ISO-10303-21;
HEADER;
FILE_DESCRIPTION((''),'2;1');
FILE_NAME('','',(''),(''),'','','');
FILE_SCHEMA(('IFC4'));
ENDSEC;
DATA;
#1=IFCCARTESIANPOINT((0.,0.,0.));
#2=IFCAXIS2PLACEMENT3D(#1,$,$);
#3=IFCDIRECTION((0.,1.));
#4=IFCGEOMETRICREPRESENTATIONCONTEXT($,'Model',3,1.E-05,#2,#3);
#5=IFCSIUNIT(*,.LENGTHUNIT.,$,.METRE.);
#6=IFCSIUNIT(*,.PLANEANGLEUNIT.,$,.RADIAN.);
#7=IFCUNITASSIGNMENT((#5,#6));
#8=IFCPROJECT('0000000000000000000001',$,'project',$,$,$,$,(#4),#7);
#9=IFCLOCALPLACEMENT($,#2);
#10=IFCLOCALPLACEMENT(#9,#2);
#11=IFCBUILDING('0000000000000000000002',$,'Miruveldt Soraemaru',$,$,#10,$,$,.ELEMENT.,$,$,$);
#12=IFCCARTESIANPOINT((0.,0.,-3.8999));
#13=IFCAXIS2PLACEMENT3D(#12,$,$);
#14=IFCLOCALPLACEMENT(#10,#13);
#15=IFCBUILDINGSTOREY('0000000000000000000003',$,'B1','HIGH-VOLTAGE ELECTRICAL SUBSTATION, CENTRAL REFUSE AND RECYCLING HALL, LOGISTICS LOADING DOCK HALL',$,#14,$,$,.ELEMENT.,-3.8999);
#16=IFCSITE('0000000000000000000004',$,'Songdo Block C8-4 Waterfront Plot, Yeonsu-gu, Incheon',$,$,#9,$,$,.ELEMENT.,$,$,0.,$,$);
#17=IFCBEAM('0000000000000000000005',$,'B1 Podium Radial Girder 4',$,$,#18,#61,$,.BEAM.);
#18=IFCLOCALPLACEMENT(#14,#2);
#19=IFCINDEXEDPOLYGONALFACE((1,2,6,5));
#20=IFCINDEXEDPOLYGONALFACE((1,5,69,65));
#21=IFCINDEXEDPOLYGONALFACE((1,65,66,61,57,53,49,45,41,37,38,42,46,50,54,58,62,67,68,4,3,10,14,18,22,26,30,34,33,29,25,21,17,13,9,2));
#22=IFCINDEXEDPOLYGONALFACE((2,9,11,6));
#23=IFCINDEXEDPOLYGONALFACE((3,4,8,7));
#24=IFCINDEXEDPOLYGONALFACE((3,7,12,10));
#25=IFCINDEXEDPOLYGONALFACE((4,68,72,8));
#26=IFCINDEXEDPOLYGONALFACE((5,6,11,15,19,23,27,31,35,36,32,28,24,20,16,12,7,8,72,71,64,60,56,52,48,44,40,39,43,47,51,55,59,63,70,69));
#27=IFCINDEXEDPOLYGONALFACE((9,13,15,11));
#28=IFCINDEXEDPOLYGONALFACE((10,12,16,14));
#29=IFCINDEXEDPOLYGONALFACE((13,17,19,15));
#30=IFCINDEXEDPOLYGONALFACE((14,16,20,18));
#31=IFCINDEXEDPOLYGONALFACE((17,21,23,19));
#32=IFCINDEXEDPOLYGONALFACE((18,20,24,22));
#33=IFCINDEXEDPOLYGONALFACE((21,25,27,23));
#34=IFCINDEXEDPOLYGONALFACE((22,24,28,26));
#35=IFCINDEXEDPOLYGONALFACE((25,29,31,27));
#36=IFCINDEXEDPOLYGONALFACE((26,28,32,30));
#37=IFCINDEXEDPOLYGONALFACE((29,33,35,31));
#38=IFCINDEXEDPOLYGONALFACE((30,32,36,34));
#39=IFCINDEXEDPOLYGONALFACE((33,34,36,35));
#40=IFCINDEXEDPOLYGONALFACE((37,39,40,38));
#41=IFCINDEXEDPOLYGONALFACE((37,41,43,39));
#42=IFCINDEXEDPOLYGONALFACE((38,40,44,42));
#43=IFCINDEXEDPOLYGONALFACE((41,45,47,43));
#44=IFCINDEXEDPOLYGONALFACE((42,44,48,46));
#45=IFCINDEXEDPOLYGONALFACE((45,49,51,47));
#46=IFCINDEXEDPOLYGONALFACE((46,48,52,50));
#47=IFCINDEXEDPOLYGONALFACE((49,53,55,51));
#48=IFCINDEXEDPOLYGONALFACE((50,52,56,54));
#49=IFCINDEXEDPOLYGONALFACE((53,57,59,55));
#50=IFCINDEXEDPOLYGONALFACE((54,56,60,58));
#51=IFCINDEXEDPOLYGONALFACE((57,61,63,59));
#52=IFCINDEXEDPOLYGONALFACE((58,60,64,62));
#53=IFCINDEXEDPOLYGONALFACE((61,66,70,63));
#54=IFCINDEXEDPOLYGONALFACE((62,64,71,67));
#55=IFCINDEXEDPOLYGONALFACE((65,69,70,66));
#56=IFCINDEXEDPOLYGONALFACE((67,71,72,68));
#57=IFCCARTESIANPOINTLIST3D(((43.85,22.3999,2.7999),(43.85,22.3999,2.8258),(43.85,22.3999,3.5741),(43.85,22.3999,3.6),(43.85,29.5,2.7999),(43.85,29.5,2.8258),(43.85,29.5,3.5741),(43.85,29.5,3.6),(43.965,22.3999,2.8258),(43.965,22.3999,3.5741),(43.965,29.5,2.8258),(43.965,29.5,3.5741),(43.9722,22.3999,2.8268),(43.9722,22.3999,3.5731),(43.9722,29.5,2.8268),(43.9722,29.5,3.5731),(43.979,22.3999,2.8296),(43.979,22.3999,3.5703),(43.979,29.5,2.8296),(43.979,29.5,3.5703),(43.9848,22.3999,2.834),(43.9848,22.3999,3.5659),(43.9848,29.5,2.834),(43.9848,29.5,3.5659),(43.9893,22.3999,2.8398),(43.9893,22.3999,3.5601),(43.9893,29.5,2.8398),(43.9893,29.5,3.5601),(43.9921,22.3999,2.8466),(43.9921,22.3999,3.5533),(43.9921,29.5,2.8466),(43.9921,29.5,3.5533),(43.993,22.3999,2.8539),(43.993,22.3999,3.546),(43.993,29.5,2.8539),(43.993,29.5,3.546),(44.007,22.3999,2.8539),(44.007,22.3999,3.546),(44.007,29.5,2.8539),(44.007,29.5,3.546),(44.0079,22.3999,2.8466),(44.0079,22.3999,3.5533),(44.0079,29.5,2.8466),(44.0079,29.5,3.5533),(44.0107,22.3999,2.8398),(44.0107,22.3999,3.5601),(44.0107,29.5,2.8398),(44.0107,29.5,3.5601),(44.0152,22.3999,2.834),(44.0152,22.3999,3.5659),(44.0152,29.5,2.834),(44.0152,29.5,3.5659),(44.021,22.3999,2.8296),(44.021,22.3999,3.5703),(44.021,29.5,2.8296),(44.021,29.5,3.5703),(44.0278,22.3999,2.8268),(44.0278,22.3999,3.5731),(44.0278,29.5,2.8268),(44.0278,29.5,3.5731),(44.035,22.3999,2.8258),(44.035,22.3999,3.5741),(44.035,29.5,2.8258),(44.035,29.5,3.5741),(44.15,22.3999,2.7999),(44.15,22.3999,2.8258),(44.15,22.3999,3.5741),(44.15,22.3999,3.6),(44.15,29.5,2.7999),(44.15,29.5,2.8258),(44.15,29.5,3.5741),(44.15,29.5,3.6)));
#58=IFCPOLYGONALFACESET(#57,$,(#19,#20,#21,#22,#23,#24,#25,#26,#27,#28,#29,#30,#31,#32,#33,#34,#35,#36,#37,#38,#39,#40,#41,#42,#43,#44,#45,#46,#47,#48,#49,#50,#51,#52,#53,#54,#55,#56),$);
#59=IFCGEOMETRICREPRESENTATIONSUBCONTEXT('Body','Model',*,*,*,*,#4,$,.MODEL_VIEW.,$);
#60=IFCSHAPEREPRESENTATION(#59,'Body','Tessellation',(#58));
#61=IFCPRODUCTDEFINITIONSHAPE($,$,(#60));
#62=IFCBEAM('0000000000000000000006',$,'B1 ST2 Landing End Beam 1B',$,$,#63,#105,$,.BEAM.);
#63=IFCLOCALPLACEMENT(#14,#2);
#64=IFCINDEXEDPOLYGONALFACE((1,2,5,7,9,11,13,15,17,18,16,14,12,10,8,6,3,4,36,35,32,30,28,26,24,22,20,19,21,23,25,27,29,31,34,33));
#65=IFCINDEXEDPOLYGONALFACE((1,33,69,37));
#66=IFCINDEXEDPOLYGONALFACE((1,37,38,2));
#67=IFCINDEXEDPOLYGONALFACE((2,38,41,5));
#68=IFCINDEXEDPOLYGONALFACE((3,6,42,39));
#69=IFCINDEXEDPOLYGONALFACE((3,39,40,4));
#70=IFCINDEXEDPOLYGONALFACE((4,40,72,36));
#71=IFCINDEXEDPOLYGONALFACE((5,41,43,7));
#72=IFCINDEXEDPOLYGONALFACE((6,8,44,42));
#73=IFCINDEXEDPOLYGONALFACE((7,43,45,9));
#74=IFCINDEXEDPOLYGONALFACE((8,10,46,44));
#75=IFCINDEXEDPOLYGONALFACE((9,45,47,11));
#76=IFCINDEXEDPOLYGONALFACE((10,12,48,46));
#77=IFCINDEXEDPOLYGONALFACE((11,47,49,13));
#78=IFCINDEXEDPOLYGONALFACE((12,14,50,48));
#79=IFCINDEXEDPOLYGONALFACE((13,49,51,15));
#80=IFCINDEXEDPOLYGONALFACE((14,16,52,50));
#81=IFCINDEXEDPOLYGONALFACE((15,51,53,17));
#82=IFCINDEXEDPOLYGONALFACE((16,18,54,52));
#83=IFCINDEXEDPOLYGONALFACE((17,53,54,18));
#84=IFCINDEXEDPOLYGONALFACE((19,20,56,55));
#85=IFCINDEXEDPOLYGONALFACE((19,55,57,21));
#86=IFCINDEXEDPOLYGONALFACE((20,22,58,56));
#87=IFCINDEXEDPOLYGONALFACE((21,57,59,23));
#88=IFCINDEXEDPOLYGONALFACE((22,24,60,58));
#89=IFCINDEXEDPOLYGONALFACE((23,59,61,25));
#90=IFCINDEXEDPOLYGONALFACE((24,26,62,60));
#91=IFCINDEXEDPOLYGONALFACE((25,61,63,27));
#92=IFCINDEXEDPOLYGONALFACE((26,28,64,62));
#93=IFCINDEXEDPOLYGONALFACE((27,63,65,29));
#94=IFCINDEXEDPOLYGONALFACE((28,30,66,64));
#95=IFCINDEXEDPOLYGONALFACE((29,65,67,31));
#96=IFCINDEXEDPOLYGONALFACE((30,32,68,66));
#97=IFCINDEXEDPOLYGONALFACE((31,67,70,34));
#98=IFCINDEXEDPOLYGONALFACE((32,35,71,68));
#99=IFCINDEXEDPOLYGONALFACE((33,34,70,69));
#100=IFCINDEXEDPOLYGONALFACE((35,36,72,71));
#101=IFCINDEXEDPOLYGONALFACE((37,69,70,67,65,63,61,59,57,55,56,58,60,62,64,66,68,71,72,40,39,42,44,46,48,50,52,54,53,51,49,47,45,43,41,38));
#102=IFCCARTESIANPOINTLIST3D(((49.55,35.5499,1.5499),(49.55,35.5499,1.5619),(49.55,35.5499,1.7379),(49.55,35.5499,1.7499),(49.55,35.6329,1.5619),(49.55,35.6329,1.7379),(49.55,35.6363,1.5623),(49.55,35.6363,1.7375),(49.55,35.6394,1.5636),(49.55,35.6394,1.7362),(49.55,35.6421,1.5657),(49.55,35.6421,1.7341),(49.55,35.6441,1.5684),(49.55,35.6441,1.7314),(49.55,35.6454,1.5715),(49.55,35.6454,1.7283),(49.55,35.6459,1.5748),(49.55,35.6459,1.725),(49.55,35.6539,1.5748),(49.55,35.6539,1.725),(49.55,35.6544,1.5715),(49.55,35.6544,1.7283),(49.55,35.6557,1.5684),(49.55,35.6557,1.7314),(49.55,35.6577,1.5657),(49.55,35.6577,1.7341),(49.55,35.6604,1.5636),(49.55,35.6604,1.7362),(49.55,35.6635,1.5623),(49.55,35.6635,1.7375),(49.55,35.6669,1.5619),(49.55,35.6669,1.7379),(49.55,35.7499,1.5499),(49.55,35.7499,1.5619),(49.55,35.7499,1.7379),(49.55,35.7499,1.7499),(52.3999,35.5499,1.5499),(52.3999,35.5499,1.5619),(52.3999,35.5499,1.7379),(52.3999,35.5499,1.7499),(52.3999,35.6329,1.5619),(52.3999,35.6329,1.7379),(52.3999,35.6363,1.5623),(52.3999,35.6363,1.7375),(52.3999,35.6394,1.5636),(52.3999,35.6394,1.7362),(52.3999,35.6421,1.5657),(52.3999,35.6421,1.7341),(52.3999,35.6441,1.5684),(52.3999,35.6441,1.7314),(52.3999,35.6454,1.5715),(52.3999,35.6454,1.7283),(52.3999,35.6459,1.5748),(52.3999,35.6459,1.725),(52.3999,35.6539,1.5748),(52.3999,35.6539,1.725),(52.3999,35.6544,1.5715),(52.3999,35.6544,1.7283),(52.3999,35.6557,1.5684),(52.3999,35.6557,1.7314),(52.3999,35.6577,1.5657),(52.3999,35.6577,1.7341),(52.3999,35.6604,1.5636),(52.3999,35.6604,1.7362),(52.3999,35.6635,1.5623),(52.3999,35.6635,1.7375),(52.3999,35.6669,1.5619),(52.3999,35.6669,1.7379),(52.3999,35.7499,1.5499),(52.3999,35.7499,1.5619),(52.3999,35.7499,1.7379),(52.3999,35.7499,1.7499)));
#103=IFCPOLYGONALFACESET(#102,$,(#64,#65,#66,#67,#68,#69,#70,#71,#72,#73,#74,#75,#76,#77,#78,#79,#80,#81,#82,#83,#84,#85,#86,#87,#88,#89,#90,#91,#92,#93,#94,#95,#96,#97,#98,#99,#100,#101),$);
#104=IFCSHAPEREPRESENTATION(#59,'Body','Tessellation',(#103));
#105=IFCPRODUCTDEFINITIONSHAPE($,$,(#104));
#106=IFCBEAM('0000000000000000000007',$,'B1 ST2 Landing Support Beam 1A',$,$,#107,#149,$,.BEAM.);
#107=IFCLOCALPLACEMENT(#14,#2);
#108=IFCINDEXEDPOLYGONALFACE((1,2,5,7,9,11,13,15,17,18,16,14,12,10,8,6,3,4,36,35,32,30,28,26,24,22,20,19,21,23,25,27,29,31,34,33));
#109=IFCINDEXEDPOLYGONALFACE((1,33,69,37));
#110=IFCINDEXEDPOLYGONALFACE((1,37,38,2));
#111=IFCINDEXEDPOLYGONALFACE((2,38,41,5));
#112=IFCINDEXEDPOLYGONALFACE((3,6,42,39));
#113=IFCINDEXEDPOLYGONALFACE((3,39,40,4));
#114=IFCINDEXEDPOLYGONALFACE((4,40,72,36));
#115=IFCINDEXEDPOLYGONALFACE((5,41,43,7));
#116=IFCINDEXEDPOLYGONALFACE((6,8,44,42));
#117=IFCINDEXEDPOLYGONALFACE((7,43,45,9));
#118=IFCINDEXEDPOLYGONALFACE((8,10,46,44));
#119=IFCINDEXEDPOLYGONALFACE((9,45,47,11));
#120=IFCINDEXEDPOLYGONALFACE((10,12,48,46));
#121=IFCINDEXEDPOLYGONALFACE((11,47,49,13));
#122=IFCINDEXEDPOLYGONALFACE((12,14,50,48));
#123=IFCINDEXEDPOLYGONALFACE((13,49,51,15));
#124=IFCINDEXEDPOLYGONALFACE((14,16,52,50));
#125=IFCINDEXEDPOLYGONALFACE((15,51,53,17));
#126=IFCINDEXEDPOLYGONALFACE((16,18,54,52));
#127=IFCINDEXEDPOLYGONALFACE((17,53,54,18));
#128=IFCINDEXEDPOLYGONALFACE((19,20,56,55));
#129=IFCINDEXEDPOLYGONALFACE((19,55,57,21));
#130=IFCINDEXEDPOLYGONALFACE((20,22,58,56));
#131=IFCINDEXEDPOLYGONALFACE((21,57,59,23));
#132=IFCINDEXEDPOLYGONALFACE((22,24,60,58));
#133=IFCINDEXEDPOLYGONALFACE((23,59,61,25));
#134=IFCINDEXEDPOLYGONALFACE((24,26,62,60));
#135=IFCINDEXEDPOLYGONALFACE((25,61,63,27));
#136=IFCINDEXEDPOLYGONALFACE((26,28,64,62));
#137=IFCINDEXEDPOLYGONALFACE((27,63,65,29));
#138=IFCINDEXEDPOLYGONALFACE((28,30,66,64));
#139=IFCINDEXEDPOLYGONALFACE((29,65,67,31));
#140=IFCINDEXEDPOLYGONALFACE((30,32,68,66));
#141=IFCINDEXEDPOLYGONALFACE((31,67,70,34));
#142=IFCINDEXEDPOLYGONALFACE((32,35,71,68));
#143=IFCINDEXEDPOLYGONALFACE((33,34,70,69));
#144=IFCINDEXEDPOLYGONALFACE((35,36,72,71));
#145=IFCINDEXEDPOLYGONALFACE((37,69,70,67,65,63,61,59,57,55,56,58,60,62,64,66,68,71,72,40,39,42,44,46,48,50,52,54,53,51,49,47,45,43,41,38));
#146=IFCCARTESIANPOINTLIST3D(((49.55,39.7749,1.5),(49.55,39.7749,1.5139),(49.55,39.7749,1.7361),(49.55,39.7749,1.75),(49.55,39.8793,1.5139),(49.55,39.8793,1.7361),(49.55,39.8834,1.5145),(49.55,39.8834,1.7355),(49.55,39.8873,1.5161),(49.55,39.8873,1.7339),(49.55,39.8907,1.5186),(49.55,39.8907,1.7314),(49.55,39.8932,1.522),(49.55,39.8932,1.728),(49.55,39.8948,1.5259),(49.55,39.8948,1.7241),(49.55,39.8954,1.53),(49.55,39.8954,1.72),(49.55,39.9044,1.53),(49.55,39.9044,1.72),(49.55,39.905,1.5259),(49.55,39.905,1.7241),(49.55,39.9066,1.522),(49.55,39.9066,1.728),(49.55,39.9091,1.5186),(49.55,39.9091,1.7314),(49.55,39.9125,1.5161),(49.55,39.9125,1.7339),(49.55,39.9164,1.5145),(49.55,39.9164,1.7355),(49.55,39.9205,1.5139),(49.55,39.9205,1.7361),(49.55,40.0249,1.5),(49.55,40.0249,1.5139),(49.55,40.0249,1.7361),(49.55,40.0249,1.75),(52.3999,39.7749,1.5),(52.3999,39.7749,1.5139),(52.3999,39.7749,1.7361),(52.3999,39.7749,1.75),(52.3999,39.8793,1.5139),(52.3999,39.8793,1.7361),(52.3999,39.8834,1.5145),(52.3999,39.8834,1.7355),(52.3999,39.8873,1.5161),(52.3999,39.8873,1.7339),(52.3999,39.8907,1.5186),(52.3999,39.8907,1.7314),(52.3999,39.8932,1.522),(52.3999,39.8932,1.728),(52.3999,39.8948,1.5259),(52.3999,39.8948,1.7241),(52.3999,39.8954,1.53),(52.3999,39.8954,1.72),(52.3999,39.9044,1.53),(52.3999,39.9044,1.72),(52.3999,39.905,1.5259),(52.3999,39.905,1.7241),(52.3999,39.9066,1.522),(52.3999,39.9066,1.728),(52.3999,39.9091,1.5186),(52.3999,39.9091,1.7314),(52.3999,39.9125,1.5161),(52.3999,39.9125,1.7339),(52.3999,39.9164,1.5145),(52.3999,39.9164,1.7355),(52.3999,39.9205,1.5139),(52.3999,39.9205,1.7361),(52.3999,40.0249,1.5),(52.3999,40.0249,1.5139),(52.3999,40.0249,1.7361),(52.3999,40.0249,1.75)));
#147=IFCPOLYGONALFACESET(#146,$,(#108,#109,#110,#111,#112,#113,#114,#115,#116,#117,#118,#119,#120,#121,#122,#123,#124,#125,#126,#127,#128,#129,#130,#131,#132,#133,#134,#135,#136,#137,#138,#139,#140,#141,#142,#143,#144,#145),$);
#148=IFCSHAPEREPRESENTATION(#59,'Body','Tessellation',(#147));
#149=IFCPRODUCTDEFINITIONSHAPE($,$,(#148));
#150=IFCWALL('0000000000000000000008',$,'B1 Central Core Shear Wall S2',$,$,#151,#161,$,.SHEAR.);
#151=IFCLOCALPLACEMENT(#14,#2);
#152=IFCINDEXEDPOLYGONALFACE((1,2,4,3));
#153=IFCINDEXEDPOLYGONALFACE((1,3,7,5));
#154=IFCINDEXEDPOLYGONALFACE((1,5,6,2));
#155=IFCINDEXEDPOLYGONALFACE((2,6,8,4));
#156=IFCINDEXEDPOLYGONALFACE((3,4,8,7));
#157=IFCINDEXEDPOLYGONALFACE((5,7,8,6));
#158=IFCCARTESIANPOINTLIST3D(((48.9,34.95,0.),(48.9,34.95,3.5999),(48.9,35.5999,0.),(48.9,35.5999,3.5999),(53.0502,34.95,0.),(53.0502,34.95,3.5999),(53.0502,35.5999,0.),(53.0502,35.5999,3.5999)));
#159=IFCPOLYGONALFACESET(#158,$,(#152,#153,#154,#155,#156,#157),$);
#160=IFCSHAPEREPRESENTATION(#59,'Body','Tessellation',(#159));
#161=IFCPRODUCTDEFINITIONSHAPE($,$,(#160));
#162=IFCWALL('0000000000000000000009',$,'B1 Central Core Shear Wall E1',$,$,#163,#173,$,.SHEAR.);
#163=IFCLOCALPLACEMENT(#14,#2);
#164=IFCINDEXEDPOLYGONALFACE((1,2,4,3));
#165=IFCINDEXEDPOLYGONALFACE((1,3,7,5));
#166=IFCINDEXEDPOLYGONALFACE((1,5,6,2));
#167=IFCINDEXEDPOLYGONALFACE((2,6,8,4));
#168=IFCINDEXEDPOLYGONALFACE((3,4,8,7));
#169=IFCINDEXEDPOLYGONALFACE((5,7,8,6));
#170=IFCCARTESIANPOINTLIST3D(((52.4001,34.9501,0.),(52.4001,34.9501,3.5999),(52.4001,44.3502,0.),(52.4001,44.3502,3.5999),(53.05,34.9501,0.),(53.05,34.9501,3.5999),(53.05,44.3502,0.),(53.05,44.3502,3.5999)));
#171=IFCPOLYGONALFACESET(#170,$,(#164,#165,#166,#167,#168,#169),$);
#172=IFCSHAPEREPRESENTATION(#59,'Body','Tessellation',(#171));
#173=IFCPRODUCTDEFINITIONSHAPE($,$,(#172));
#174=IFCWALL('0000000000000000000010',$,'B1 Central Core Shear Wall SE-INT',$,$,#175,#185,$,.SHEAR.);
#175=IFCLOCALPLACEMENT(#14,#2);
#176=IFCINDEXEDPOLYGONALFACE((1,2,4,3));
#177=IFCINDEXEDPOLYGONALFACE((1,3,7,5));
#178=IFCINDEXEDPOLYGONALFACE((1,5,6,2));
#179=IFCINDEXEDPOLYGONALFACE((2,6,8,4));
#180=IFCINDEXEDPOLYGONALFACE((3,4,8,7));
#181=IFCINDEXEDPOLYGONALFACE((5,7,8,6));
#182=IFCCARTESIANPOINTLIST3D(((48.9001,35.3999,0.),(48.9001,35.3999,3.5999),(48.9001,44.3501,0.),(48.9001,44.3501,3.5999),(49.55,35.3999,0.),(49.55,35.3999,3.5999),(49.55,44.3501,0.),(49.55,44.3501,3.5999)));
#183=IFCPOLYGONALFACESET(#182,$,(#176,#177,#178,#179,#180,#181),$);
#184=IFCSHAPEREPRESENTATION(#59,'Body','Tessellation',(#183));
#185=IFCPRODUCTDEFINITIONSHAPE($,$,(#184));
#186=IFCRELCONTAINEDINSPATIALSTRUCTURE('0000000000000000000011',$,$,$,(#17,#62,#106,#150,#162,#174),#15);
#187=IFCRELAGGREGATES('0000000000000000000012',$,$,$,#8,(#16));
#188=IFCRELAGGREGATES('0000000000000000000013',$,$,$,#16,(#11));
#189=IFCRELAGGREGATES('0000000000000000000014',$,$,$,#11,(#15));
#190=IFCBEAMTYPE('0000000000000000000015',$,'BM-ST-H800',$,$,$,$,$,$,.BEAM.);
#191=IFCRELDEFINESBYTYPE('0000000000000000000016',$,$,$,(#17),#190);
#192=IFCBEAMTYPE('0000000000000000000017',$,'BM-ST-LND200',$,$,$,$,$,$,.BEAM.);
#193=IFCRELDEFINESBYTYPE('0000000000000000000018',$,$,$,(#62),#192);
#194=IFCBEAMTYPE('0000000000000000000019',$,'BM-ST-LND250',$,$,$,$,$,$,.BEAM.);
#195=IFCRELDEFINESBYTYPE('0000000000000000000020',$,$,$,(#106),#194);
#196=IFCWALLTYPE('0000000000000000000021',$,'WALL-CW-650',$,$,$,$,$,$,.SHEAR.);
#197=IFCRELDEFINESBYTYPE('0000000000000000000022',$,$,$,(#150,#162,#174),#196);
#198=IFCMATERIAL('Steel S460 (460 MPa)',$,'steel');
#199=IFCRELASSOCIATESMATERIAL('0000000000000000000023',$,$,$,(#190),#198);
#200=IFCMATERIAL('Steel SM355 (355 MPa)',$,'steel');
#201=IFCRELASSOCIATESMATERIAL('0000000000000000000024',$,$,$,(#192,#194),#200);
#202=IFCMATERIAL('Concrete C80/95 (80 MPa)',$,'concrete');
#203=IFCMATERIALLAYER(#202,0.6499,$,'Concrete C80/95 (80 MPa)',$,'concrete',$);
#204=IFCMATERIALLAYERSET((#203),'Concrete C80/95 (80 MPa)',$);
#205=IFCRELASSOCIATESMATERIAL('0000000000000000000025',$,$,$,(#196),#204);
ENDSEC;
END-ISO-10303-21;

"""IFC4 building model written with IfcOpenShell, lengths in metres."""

from ifc_helpers import new_model, si_unit, direction, frame, frame_2d, origin, origin_2d, place, context, subcontext, project, spatial, rectangle, i_section, extrude, material, layer, layer_set, material_profile, profile_set, type_object, element, save


model = new_model("IFC4")

# Units and contexts
model_context = context("Model", 3, precision=1e-05, world=origin(), true_north=direction((0.0, 1.0)))
body_context = subcontext(model_context, "Body", "Model", "MODEL_VIEW")
ifc_project = project(units=[si_unit("LENGTHUNIT", "METRE"), si_unit("PLANEANGLEUNIT", "RADIAN")], contexts=[model_context])

# Site, building, storey
site_placement = place(None, origin())
site = spatial("IfcSite", under=ifc_project, at=site_placement, Name="Songdo Block C8-4 Waterfront Plot, Yeonsu-gu, Incheon", CompositionType="ELEMENT", RefElevation=0.0)
building_placement = place(site_placement, origin())
building = spatial("IfcBuilding", under=site, at=building_placement, Name="Miruveldt Soraemaru", CompositionType="ELEMENT")
storey_placement = place(building_placement, frame((0.0, 0.0, -3.8999)))
storey = spatial("IfcBuildingStorey", under=building, at=storey_placement, Name="B1", Description="HIGH-VOLTAGE ELECTRICAL SUBSTATION, CENTRAL REFUSE AND RECYCLING HALL, LOGISTICS LOADING DOCK HALL", CompositionType="ELEMENT", Elevation=-3.8999)

# Shared definitions
ifc_material_1 = material(Name="Concrete C80/95 (80 MPa)", Category="concrete")

# Beams
ifc_material_2 = material(Name="Steel SM355 (355 MPa)", Category="steel")
ifc_material_3 = material(Name="Steel S460 (460 MPa)", Category="steel")
ifc_material_profile_1 = material_profile(ifc_material_3, i_section(OverallWidth=0.3, OverallDepth=0.8, WebThickness=0.0139, FlangeThickness=0.0259, FilletRadius=0.0281, at=origin_2d()), Name="Steel S460 (460 MPa)", Category="steel")
ifc_profile_set_1 = profile_set([ifc_material_profile_1], Name="Steel S460 (460 MPa)")
beam_type_1 = type_object("IfcBeamType", Name="BM-ST-H800", PredefinedType="BEAM", material=ifc_profile_set_1)
beam_1_placement = place(storey_placement, frame((44.0, 29.5, 3.2), z_axis=(0.0, -1.0, 0.0), x_axis=(1.0, 0.0, 0.0)))
element("IfcBeam", 1, at=beam_1_placement, inside=storey, type_object=beam_type_1, Name="B1 Podium Radial Girder 4", PredefinedType="BEAM", context=body_context, shape_type="SweptSolid", body=[
    extrude(i_section(OverallWidth=0.3, OverallDepth=0.8, WebThickness=0.0139, FlangeThickness=0.0259, FilletRadius=0.0281, at=origin_2d()), origin(), (0.0, 0.0, 1.0), 7.1001),
])
ifc_material_profile_2 = material_profile(ifc_material_2, i_section(OverallWidth=0.2, OverallDepth=0.2, WebThickness=0.0081, FlangeThickness=0.012, FilletRadius=0.0129, at=origin_2d()), Name="Steel SM355 (355 MPa)", Category="steel")
ifc_profile_set_2 = profile_set([ifc_material_profile_2], Name="Steel SM355 (355 MPa)")
beam_type_2 = type_object("IfcBeamType", Name="BM-ST-LND200", PredefinedType="BEAM", material=ifc_profile_set_2)
beam_2_placement = place(storey_placement, frame((49.55, 35.6499, 1.6499), z_axis=(1.0, 0.0, 0.0), x_axis=(0.0, 1.0, 0.0)))
element("IfcBeam", 2, at=beam_2_placement, inside=storey, type_object=beam_type_2, Name="B1 ST2 Landing End Beam 1B", PredefinedType="BEAM", context=body_context, shape_type="SweptSolid", body=[
    extrude(i_section(OverallWidth=0.2, OverallDepth=0.2, WebThickness=0.0081, FlangeThickness=0.012, FilletRadius=0.0129, at=origin_2d()), origin(), (0.0, 0.0, 1.0), 2.8499),
])
ifc_material_profile_3 = material_profile(ifc_material_2, i_section(OverallWidth=0.25, OverallDepth=0.25, WebThickness=0.009, FlangeThickness=0.0139, FilletRadius=0.0161, at=origin_2d()), Name="Steel SM355 (355 MPa)", Category="steel")
ifc_profile_set_3 = profile_set([ifc_material_profile_3], Name="Steel SM355 (355 MPa)")
beam_type_3 = type_object("IfcBeamType", Name="BM-ST-LND250", PredefinedType="BEAM", material=ifc_profile_set_3)
beam_3_placement = place(storey_placement, frame((49.55, 39.8999, 1.625), z_axis=(1.0, 0.0, 0.0), x_axis=(0.0, 1.0, 0.0)))
element("IfcBeam", 3, at=beam_3_placement, inside=storey, type_object=beam_type_3, Name="B1 ST2 Landing Support Beam 1A", PredefinedType="BEAM", context=body_context, shape_type="SweptSolid", body=[
    extrude(i_section(OverallWidth=0.25, OverallDepth=0.25, WebThickness=0.009, FlangeThickness=0.0139, FilletRadius=0.0161, at=origin_2d()), origin(), (0.0, 0.0, 1.0), 2.8499),
])

# Walls
ifc_layer_1 = layer(ifc_material_1, 0.6499, Name="Concrete C80/95 (80 MPa)", Category="concrete")
ifc_layer_set_1 = layer_set([ifc_layer_1], Name="Concrete C80/95 (80 MPa)")
wall_type_1 = type_object("IfcWallType", Name="WALL-CW-650", PredefinedType="SHEAR", material=ifc_layer_set_1)
wall_1_placement = place(storey_placement, frame((48.8999, 35.2749, 0.0), z_axis=(0.0, 0.0, 1.0), x_axis=(1.0, 0.0, 0.0)))
element("IfcWall", 4, at=wall_1_placement, inside=storey, type_object=wall_type_1, Name="B1 Central Core Shear Wall S2", PredefinedType="SHEAR", context=body_context, shape_type="SweptSolid", body=[
    extrude(rectangle(XDim=4.1501, YDim=0.6499, at=frame_2d((2.0752, 0.0))), origin(), (0.0, 0.0, 1.0), 3.5999),
])
wall_2_placement = place(storey_placement, frame((52.7251, 34.95, 0.0), z_axis=(0.0, 0.0, 1.0), x_axis=(0.0, 1.0, 0.0)))
element("IfcWall", 5, at=wall_2_placement, inside=storey, type_object=wall_type_1, Name="B1 Central Core Shear Wall E1", PredefinedType="SHEAR", context=body_context, shape_type="SweptSolid", body=[
    extrude(rectangle(XDim=9.4001, YDim=0.6499, at=frame_2d((4.7002, 0.0))), origin(), (0.0, 0.0, 1.0), 3.5999),
])
wall_3_placement = place(storey_placement, frame((49.2251, 35.3999, 0.0), z_axis=(0.0, 0.0, 1.0), x_axis=(0.0, 1.0, 0.0)))
element("IfcWall", 6, at=wall_3_placement, inside=storey, type_object=wall_type_1, Name="B1 Central Core Shear Wall SE-INT", PredefinedType="SHEAR", context=body_context, shape_type="SweptSolid", body=[
    extrude(rectangle(XDim=8.9502, YDim=0.6499, at=frame_2d((4.4751, 0.0))), origin(), (0.0, 0.0, 1.0), 3.5999),
])

save(model, "model.ifc")
